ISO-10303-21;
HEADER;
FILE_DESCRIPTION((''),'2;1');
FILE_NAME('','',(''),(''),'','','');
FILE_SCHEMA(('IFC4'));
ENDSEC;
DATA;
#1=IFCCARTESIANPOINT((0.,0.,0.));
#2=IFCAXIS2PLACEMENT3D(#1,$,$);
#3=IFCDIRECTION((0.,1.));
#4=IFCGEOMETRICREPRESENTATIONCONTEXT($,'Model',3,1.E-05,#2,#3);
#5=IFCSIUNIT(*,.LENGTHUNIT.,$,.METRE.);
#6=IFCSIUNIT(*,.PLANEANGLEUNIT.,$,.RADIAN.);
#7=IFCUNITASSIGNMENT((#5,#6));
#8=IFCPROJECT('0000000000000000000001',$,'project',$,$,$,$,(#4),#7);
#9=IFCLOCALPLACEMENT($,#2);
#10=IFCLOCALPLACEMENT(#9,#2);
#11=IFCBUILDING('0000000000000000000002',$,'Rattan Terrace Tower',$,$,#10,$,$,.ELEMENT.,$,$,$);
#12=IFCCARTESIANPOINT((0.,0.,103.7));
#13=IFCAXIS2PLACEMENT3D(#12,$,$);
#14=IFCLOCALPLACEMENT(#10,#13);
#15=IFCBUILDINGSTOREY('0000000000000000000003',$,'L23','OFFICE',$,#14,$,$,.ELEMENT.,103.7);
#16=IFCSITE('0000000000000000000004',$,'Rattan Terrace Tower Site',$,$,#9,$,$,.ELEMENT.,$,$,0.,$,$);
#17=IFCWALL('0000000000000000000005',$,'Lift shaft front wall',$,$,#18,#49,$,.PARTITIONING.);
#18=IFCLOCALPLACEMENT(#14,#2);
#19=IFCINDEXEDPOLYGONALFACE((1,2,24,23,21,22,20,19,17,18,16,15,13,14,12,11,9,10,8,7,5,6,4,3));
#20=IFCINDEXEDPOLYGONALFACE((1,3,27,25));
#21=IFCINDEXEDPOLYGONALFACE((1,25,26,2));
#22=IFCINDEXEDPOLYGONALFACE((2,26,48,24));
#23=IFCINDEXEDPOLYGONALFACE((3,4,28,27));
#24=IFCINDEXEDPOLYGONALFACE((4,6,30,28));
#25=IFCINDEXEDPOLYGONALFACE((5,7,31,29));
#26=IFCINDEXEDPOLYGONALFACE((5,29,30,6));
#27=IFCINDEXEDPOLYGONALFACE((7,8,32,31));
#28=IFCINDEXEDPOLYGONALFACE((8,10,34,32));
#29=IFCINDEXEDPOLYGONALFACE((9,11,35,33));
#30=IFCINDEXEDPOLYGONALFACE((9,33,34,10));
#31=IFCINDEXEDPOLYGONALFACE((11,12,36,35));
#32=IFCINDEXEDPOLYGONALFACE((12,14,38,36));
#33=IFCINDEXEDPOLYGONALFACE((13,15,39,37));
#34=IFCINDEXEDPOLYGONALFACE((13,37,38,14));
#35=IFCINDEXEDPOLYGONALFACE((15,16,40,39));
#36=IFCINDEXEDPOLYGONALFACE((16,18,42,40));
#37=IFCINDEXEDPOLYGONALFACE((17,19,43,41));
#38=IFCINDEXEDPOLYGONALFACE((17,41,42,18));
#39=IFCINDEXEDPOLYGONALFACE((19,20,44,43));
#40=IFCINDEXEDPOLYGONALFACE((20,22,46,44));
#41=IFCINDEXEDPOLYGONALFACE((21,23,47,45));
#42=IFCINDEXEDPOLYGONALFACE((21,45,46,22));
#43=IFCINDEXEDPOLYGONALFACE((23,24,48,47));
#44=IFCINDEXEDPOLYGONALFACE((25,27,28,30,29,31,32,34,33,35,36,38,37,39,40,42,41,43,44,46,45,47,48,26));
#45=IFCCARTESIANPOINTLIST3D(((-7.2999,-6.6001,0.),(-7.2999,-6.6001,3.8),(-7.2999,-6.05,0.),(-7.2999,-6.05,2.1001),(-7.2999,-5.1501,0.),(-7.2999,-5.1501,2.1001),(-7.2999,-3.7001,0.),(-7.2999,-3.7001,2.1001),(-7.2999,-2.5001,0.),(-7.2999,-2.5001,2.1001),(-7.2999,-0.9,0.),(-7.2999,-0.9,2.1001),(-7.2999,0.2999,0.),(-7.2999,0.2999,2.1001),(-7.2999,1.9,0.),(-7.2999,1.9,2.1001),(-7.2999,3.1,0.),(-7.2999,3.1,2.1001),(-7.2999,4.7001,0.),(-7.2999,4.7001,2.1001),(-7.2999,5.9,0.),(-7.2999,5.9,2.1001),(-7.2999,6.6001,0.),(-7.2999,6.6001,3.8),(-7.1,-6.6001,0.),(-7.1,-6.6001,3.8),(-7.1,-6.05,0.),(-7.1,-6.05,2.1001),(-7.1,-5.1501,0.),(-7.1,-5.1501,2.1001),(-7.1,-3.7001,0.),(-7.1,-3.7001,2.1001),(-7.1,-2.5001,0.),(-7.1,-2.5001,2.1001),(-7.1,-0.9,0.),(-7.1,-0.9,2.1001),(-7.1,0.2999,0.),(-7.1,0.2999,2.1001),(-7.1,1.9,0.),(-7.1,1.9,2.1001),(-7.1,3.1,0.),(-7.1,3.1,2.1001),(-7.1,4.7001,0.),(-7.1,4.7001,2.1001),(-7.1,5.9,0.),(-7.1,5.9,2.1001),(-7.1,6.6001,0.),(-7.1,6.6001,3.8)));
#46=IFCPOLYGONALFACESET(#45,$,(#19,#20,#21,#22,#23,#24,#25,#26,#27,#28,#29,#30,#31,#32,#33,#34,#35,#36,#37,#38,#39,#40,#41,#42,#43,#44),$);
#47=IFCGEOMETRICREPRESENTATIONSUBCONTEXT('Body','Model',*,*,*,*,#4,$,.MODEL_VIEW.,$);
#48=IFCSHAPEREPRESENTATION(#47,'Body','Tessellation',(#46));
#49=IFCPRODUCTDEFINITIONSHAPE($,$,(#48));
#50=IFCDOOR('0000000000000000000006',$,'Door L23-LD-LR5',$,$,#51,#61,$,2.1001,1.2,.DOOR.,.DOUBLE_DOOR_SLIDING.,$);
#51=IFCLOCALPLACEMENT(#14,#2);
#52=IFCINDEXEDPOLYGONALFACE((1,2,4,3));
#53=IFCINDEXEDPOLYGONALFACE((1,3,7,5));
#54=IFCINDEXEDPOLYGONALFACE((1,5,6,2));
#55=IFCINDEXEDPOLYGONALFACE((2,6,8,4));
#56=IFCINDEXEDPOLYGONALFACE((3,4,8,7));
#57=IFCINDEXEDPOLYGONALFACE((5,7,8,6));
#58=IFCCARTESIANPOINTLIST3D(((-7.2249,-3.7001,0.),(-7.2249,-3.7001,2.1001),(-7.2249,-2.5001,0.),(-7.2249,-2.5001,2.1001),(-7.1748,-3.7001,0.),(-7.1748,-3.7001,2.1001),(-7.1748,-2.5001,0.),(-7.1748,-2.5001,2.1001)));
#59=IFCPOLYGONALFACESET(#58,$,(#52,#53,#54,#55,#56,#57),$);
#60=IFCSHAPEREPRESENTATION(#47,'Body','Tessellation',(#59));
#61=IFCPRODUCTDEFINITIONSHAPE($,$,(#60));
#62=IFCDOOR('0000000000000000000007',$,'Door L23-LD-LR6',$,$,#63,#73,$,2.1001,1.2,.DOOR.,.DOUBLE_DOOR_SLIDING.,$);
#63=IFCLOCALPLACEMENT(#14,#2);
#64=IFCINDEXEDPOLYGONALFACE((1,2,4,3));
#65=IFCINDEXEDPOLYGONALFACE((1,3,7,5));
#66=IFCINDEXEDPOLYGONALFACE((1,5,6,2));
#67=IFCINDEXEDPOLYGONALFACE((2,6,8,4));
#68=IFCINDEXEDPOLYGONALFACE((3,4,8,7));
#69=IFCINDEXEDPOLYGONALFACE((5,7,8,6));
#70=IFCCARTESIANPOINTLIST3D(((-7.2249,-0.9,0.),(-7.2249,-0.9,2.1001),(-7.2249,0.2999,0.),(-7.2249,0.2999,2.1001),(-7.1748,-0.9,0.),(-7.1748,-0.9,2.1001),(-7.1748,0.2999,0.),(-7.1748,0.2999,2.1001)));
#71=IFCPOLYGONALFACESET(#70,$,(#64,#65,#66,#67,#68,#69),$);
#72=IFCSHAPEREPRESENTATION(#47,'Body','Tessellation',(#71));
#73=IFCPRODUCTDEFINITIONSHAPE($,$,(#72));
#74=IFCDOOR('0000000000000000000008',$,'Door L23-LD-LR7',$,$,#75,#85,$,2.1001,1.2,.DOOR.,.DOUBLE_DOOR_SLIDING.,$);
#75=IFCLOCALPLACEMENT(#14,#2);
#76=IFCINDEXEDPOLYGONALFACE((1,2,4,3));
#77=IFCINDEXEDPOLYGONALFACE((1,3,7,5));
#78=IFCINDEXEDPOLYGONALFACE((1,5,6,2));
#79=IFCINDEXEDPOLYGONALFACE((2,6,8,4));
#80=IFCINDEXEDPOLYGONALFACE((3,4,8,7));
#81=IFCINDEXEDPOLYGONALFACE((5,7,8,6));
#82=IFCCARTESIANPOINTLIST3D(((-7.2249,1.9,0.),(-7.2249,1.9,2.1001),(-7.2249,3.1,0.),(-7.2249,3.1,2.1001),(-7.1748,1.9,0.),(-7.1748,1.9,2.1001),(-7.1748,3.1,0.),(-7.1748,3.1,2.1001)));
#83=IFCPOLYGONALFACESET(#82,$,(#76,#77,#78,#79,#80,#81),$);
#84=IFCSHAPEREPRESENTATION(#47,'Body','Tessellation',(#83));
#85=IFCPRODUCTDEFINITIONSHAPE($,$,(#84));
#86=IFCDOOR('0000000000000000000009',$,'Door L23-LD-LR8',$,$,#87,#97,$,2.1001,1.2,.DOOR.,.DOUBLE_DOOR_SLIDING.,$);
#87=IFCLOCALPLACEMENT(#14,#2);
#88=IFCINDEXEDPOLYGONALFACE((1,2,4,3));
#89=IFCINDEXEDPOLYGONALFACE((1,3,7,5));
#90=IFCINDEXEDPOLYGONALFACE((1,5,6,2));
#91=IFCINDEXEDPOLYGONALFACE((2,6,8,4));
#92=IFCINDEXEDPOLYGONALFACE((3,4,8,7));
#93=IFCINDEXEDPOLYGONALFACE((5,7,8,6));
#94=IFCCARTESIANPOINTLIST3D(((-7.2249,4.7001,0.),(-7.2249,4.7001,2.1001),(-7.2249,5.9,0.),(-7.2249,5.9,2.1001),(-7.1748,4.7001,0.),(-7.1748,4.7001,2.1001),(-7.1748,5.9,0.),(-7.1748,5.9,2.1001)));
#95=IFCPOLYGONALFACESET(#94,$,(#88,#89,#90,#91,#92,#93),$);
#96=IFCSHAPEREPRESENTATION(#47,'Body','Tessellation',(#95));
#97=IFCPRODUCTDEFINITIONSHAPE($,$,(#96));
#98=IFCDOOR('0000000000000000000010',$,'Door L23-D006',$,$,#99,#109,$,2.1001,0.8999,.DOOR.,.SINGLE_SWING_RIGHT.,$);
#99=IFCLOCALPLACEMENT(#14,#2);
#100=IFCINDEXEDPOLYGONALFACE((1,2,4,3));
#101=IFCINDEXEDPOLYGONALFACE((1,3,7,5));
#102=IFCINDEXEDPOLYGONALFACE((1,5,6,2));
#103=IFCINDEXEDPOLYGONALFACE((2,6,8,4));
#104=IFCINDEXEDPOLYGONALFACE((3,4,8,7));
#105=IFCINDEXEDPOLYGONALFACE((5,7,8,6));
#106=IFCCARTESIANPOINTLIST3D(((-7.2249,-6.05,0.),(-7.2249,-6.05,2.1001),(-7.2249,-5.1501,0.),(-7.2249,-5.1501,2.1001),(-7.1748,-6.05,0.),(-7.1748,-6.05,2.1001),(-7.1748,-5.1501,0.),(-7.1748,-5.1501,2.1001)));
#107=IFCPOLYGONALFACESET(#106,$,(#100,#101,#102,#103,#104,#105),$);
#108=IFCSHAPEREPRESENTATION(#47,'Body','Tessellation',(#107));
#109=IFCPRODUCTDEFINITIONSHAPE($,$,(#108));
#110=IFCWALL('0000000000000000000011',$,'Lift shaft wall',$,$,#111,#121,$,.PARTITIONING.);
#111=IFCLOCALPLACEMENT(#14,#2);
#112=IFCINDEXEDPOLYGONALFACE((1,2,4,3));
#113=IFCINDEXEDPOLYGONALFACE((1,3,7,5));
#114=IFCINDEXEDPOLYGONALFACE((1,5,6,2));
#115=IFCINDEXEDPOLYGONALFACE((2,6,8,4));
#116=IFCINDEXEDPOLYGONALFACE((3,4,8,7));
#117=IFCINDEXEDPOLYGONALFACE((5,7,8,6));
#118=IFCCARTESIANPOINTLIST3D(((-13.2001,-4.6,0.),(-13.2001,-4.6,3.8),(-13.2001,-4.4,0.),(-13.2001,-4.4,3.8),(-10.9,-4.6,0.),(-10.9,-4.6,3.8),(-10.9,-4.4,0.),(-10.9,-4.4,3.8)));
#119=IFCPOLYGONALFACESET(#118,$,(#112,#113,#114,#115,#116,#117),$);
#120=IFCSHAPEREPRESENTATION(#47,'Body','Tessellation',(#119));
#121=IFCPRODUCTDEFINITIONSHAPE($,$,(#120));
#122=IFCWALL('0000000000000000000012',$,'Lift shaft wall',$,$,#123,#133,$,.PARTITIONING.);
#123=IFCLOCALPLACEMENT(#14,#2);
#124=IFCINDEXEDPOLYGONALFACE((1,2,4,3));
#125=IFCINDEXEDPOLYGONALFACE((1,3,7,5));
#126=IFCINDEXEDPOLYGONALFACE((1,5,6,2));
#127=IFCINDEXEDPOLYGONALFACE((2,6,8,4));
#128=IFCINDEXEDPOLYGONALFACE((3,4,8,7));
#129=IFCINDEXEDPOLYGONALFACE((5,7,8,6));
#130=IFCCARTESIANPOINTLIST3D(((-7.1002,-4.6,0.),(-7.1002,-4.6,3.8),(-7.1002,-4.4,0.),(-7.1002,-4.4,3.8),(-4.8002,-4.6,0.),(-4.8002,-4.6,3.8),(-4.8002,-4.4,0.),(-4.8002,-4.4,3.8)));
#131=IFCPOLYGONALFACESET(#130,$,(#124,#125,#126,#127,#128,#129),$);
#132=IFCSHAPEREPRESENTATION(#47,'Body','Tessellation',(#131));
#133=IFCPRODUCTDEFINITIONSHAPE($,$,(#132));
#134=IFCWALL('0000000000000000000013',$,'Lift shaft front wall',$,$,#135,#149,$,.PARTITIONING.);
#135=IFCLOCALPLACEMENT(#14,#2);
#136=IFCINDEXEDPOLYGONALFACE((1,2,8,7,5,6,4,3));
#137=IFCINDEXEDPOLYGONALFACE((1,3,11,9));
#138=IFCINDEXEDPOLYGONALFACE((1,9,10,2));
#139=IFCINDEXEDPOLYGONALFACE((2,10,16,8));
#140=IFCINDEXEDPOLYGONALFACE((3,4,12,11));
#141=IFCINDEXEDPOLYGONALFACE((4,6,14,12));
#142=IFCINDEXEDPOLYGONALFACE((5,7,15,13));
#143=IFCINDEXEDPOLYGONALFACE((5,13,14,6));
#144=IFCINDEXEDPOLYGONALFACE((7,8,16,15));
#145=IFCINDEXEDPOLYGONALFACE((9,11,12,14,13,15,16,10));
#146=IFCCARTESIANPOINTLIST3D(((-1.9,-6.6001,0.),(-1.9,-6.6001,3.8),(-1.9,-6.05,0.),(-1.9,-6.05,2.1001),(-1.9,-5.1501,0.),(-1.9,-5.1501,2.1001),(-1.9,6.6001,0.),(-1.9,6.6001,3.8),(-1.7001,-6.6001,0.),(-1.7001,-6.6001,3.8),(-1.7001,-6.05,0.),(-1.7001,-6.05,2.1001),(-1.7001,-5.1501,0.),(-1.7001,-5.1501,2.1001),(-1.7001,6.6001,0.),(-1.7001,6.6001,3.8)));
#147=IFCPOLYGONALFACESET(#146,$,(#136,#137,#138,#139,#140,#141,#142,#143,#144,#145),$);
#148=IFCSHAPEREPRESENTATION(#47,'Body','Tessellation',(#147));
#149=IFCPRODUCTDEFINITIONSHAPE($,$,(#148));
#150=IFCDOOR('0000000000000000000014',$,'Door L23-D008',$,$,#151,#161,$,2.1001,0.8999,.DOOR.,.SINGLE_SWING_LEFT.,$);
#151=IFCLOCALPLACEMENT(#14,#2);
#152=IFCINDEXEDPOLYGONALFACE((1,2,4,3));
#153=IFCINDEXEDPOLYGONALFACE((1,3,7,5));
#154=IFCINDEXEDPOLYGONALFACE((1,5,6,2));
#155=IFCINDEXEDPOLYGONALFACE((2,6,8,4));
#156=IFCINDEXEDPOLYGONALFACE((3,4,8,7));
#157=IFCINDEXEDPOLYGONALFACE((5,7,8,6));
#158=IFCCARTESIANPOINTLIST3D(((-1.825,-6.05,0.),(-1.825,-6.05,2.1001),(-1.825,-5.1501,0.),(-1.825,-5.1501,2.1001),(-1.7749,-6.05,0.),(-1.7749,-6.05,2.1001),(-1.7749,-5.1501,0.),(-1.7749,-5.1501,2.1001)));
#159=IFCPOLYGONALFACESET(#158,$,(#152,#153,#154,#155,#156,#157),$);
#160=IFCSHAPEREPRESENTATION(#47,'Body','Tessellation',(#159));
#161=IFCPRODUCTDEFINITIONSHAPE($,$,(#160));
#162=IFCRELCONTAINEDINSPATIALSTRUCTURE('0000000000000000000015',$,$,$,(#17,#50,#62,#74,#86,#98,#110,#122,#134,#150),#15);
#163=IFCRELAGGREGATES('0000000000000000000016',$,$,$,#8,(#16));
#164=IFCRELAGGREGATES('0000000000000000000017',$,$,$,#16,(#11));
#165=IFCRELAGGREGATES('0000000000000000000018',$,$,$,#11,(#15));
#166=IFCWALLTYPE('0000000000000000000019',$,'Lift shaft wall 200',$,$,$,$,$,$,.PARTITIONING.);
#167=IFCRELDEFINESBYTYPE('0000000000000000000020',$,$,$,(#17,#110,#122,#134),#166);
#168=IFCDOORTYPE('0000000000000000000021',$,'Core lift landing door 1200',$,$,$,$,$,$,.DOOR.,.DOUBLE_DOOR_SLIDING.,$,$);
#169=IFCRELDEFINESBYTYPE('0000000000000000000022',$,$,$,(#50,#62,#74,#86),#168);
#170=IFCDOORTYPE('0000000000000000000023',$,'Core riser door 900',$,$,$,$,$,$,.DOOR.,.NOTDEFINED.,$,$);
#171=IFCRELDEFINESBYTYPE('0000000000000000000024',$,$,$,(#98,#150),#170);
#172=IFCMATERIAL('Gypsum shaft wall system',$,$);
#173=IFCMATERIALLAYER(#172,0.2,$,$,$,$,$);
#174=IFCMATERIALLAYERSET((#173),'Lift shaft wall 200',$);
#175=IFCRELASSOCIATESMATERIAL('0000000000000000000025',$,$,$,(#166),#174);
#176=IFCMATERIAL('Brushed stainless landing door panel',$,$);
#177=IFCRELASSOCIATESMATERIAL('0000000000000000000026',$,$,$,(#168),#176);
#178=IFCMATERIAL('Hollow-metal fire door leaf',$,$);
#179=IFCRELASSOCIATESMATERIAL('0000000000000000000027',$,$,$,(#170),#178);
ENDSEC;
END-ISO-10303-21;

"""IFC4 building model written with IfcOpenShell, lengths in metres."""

from ifc_helpers import new_model, si_unit, direction, frame, frame_2d, origin, place, context, subcontext, project, spatial, rectangle, extrude, material, layer, layer_set, type_object, element, fill, save


model = new_model("IFC4")

# Units and contexts
model_context = context("Model", 3, precision=1e-05, world=origin(), true_north=direction((0.0, 1.0)))
body_context = subcontext(model_context, "Body", "Model", "MODEL_VIEW")
ifc_project = project(units=[si_unit("LENGTHUNIT", "METRE"), si_unit("PLANEANGLEUNIT", "RADIAN")], contexts=[model_context])

# Site, building, storey
site_placement = place(None, origin())
site = spatial("IfcSite", under=ifc_project, at=site_placement, Name="Rattan Terrace Tower Site", CompositionType="ELEMENT", RefElevation=0.0)
building_placement = place(site_placement, origin())
building = spatial("IfcBuilding", under=site, at=building_placement, Name="Rattan Terrace Tower", CompositionType="ELEMENT")
storey_placement = place(building_placement, frame((0.0, 0.0, 103.7)))
storey = spatial("IfcBuildingStorey", under=building, at=storey_placement, Name="L23", Description="OFFICE", CompositionType="ELEMENT", Elevation=103.7)

# Wall, openings, doors
ifc_material_1 = material(Name="Gypsum shaft wall system")
ifc_layer_1 = layer(ifc_material_1, 0.2)
ifc_layer_set_1 = layer_set([ifc_layer_1], Name="Lift shaft wall 200")
wall_type_1 = type_object("IfcWallType", Name="Lift shaft wall 200", PredefinedType="PARTITIONING", material=ifc_layer_set_1)
ifc_material_2 = material(Name="Brushed stainless landing door panel")
door_type_1 = type_object("IfcDoorType", Name="Core lift landing door 1200", OperationType="DOUBLE_DOOR_SLIDING", PredefinedType="DOOR", material=ifc_material_2)
ifc_material_3 = material(Name="Hollow-metal fire door leaf")
door_type_2 = type_object("IfcDoorType", Name="Core riser door 900", OperationType="NOTDEFINED", PredefinedType="DOOR", material=ifc_material_3)
wall_1_placement = place(storey_placement, frame((-7.2, -6.6001, 0.0), z_axis=(0.0, 0.0, 1.0), x_axis=(0.0, 1.0, 0.0)))
wall_1 = element("IfcWall", 1, at=wall_1_placement, inside=storey, type_object=wall_type_1, Name="Lift shaft front wall", PredefinedType="PARTITIONING", context=body_context, shape_type="SweptSolid", body=[
    extrude(rectangle(XDim=13.2002, YDim=0.2, at=frame_2d((6.6001, 0.0))), origin(), (0.0, 0.0, 1.0), 3.8),
])
opening_1_placement = place(wall_1_placement, frame((0.55, 0.0, 0.0)))
opening_1 = element("IfcOpeningElement", 2, at=opening_1_placement, cuts=wall_1, PredefinedType="OPENING", context=body_context, shape_type="SweptSolid", body=[
    extrude(rectangle(XDim=0.8999, YDim=2.1001, at=frame_2d((0.45, 1.05))), frame((0.0, 0.1106, 0.0), z_axis=(0.0, -1.0, 0.0), x_axis=(1.0, 0.0, 0.0)), (0.0, 0.0, 1.0), 0.2209),
])
opening_2_placement = place(wall_1_placement, frame((2.8999, 0.0, 0.0)))
opening_2 = element("IfcOpeningElement", 3, at=opening_2_placement, cuts=wall_1, PredefinedType="OPENING", context=body_context, shape_type="SweptSolid", body=[
    extrude(rectangle(XDim=1.2, YDim=2.1001, at=frame_2d((0.6001, 1.05))), frame((0.0, 0.1106, 0.0), z_axis=(0.0, -1.0, 0.0), x_axis=(1.0, 0.0, 0.0)), (0.0, 0.0, 1.0), 0.2209),
])
opening_3_placement = place(wall_1_placement, frame((5.7, 0.0, 0.0)))
opening_3 = element("IfcOpeningElement", 4, at=opening_3_placement, cuts=wall_1, PredefinedType="OPENING", context=body_context, shape_type="SweptSolid", body=[
    extrude(rectangle(XDim=1.2, YDim=2.1001, at=frame_2d((0.6001, 1.05))), frame((0.0, 0.1106, 0.0), z_axis=(0.0, -1.0, 0.0), x_axis=(1.0, 0.0, 0.0)), (0.0, 0.0, 1.0), 0.2209),
])
opening_4_placement = place(wall_1_placement, frame((8.5, 0.0, 0.0)))
opening_4 = element("IfcOpeningElement", 5, at=opening_4_placement, cuts=wall_1, PredefinedType="OPENING", context=body_context, shape_type="SweptSolid", body=[
    extrude(rectangle(XDim=1.2, YDim=2.1001, at=frame_2d((0.6001, 1.05))), frame((0.0, 0.1106, 0.0), z_axis=(0.0, -1.0, 0.0), x_axis=(1.0, 0.0, 0.0)), (0.0, 0.0, 1.0), 0.2209),
])
opening_5_placement = place(wall_1_placement, frame((11.3, 0.0, 0.0)))
opening_5 = element("IfcOpeningElement", 6, at=opening_5_placement, cuts=wall_1, PredefinedType="OPENING", context=body_context, shape_type="SweptSolid", body=[
    extrude(rectangle(XDim=1.2, YDim=2.1001, at=frame_2d((0.6001, 1.05))), frame((0.0, 0.1106, 0.0), z_axis=(0.0, -1.0, 0.0), x_axis=(1.0, 0.0, 0.0)), (0.0, 0.0, 1.0), 0.2209),
])
door_1_placement = place(opening_2_placement, origin())
door_1 = element("IfcDoor", 7, at=door_1_placement, inside=storey, type_object=door_type_1, Name="Door L23-LD-LR5", OperationType="DOUBLE_DOOR_SLIDING", OverallHeight=2.1001, OverallWidth=1.2, PredefinedType="DOOR", context=body_context, shape_type="SweptSolid", body=[
    extrude(rectangle(XDim=1.2, YDim=2.1001, at=frame_2d((0.6001, 1.05))), frame((0.0, 0.0249, 0.0), z_axis=(0.0, -1.0, 0.0), x_axis=(1.0, 0.0, 0.0)), (0.0, 0.0, 1.0), 0.05),
])
fill(opening_2, door_1)
door_2_placement = place(opening_3_placement, origin())
door_2 = element("IfcDoor", 8, at=door_2_placement, inside=storey, type_object=door_type_1, Name="Door L23-LD-LR6", OperationType="DOUBLE_DOOR_SLIDING", OverallHeight=2.1001, OverallWidth=1.2, PredefinedType="DOOR", context=body_context, shape_type="SweptSolid", body=[
    extrude(rectangle(XDim=1.2, YDim=2.1001, at=frame_2d((0.6001, 1.05))), frame((0.0, 0.0249, 0.0), z_axis=(0.0, -1.0, 0.0), x_axis=(1.0, 0.0, 0.0)), (0.0, 0.0, 1.0), 0.05),
])
fill(opening_3, door_2)
door_3_placement = place(opening_4_placement, origin())
door_3 = element("IfcDoor", 9, at=door_3_placement, inside=storey, type_object=door_type_1, Name="Door L23-LD-LR7", OperationType="DOUBLE_DOOR_SLIDING", OverallHeight=2.1001, OverallWidth=1.2, PredefinedType="DOOR", context=body_context, shape_type="SweptSolid", body=[
    extrude(rectangle(XDim=1.2, YDim=2.1001, at=frame_2d((0.6001, 1.05))), frame((0.0, 0.0249, 0.0), z_axis=(0.0, -1.0, 0.0), x_axis=(1.0, 0.0, 0.0)), (0.0, 0.0, 1.0), 0.05),
])
fill(opening_4, door_3)
door_4_placement = place(opening_5_placement, origin())
door_4 = element("IfcDoor", 10, at=door_4_placement, inside=storey, type_object=door_type_1, Name="Door L23-LD-LR8", OperationType="DOUBLE_DOOR_SLIDING", OverallHeight=2.1001, OverallWidth=1.2, PredefinedType="DOOR", context=body_context, shape_type="SweptSolid", body=[
    extrude(rectangle(XDim=1.2, YDim=2.1001, at=frame_2d((0.6001, 1.05))), frame((0.0, 0.0249, 0.0), z_axis=(0.0, -1.0, 0.0), x_axis=(1.0, 0.0, 0.0)), (0.0, 0.0, 1.0), 0.05),
])
fill(opening_5, door_4)
door_5_placement = place(opening_1_placement, origin())
door_5 = element("IfcDoor", 11, at=door_5_placement, inside=storey, type_object=door_type_2, Name="Door L23-D006", OperationType="SINGLE_SWING_RIGHT", OverallHeight=2.1001, OverallWidth=0.8999, PredefinedType="DOOR", context=body_context, shape_type="SweptSolid", body=[
    extrude(rectangle(XDim=0.8999, YDim=2.1001, at=frame_2d((0.45, 1.05))), frame((0.0, 0.0249, 0.0), z_axis=(0.0, -1.0, 0.0), x_axis=(1.0, 0.0, 0.0)), (0.0, 0.0, 1.0), 0.05),
])
fill(opening_1, door_5)

# Walls
for number, where, z_axis, x_axis, name in (
    (12, (-13.2, -4.5, 0.0), (0.0, 0.0, 1.0), (1.0, 0.0, 0.0), "Lift shaft wall"),
    (13, (-7.1001, -4.5, 0.0), (0.0, 0.0, 1.0), (1.0, 0.0, 0.0), "Lift shaft wall"),
):
    element("IfcWall", number, at=place(storey_placement, frame(where, z_axis=z_axis, x_axis=x_axis)), inside=storey, type_object=wall_type_1, Name=name, PredefinedType="PARTITIONING", context=body_context, shape_type="SweptSolid", body=[
        extrude(rectangle(XDim=2.3, YDim=0.2, at=frame_2d((1.1499, 0.0))), origin(), (0.0, 0.0, 1.0), 3.8),
    ])

# Wall, opening, door
wall_2_placement = place(storey_placement, frame((-1.8, -6.6001, 0.0), z_axis=(0.0, 0.0, 1.0), x_axis=(0.0, 1.0, 0.0)))
wall_2 = element("IfcWall", 14, at=wall_2_placement, inside=storey, type_object=wall_type_1, Name="Lift shaft front wall", PredefinedType="PARTITIONING", context=body_context, shape_type="SweptSolid", body=[
    extrude(rectangle(XDim=13.2002, YDim=0.2, at=frame_2d((6.6001, 0.0))), origin(), (0.0, 0.0, 1.0), 3.8),
])
opening_6_placement = place(wall_2_placement, frame((0.55, 0.0, 0.0)))
opening_6 = element("IfcOpeningElement", 15, at=opening_6_placement, cuts=wall_2, PredefinedType="OPENING", context=body_context, shape_type="SweptSolid", body=[
    extrude(rectangle(XDim=0.8999, YDim=2.1001, at=frame_2d((0.45, 1.05))), frame((0.0, 0.1106, 0.0), z_axis=(0.0, -1.0, 0.0), x_axis=(1.0, 0.0, 0.0)), (0.0, 0.0, 1.0), 0.2209),
])
door_6_placement = place(opening_6_placement, origin())
door_6 = element("IfcDoor", 16, at=door_6_placement, inside=storey, type_object=door_type_2, Name="Door L23-D008", OperationType="SINGLE_SWING_LEFT", OverallHeight=2.1001, OverallWidth=0.8999, PredefinedType="DOOR", context=body_context, shape_type="SweptSolid", body=[
    extrude(rectangle(XDim=0.8999, YDim=2.1001, at=frame_2d((0.45, 1.05))), frame((0.0, 0.0249, 0.0), z_axis=(0.0, -1.0, 0.0), x_axis=(1.0, 0.0, 0.0)), (0.0, 0.0, 1.0), 0.05),
])
fill(opening_6, door_6)

save(model, "model.ifc")
